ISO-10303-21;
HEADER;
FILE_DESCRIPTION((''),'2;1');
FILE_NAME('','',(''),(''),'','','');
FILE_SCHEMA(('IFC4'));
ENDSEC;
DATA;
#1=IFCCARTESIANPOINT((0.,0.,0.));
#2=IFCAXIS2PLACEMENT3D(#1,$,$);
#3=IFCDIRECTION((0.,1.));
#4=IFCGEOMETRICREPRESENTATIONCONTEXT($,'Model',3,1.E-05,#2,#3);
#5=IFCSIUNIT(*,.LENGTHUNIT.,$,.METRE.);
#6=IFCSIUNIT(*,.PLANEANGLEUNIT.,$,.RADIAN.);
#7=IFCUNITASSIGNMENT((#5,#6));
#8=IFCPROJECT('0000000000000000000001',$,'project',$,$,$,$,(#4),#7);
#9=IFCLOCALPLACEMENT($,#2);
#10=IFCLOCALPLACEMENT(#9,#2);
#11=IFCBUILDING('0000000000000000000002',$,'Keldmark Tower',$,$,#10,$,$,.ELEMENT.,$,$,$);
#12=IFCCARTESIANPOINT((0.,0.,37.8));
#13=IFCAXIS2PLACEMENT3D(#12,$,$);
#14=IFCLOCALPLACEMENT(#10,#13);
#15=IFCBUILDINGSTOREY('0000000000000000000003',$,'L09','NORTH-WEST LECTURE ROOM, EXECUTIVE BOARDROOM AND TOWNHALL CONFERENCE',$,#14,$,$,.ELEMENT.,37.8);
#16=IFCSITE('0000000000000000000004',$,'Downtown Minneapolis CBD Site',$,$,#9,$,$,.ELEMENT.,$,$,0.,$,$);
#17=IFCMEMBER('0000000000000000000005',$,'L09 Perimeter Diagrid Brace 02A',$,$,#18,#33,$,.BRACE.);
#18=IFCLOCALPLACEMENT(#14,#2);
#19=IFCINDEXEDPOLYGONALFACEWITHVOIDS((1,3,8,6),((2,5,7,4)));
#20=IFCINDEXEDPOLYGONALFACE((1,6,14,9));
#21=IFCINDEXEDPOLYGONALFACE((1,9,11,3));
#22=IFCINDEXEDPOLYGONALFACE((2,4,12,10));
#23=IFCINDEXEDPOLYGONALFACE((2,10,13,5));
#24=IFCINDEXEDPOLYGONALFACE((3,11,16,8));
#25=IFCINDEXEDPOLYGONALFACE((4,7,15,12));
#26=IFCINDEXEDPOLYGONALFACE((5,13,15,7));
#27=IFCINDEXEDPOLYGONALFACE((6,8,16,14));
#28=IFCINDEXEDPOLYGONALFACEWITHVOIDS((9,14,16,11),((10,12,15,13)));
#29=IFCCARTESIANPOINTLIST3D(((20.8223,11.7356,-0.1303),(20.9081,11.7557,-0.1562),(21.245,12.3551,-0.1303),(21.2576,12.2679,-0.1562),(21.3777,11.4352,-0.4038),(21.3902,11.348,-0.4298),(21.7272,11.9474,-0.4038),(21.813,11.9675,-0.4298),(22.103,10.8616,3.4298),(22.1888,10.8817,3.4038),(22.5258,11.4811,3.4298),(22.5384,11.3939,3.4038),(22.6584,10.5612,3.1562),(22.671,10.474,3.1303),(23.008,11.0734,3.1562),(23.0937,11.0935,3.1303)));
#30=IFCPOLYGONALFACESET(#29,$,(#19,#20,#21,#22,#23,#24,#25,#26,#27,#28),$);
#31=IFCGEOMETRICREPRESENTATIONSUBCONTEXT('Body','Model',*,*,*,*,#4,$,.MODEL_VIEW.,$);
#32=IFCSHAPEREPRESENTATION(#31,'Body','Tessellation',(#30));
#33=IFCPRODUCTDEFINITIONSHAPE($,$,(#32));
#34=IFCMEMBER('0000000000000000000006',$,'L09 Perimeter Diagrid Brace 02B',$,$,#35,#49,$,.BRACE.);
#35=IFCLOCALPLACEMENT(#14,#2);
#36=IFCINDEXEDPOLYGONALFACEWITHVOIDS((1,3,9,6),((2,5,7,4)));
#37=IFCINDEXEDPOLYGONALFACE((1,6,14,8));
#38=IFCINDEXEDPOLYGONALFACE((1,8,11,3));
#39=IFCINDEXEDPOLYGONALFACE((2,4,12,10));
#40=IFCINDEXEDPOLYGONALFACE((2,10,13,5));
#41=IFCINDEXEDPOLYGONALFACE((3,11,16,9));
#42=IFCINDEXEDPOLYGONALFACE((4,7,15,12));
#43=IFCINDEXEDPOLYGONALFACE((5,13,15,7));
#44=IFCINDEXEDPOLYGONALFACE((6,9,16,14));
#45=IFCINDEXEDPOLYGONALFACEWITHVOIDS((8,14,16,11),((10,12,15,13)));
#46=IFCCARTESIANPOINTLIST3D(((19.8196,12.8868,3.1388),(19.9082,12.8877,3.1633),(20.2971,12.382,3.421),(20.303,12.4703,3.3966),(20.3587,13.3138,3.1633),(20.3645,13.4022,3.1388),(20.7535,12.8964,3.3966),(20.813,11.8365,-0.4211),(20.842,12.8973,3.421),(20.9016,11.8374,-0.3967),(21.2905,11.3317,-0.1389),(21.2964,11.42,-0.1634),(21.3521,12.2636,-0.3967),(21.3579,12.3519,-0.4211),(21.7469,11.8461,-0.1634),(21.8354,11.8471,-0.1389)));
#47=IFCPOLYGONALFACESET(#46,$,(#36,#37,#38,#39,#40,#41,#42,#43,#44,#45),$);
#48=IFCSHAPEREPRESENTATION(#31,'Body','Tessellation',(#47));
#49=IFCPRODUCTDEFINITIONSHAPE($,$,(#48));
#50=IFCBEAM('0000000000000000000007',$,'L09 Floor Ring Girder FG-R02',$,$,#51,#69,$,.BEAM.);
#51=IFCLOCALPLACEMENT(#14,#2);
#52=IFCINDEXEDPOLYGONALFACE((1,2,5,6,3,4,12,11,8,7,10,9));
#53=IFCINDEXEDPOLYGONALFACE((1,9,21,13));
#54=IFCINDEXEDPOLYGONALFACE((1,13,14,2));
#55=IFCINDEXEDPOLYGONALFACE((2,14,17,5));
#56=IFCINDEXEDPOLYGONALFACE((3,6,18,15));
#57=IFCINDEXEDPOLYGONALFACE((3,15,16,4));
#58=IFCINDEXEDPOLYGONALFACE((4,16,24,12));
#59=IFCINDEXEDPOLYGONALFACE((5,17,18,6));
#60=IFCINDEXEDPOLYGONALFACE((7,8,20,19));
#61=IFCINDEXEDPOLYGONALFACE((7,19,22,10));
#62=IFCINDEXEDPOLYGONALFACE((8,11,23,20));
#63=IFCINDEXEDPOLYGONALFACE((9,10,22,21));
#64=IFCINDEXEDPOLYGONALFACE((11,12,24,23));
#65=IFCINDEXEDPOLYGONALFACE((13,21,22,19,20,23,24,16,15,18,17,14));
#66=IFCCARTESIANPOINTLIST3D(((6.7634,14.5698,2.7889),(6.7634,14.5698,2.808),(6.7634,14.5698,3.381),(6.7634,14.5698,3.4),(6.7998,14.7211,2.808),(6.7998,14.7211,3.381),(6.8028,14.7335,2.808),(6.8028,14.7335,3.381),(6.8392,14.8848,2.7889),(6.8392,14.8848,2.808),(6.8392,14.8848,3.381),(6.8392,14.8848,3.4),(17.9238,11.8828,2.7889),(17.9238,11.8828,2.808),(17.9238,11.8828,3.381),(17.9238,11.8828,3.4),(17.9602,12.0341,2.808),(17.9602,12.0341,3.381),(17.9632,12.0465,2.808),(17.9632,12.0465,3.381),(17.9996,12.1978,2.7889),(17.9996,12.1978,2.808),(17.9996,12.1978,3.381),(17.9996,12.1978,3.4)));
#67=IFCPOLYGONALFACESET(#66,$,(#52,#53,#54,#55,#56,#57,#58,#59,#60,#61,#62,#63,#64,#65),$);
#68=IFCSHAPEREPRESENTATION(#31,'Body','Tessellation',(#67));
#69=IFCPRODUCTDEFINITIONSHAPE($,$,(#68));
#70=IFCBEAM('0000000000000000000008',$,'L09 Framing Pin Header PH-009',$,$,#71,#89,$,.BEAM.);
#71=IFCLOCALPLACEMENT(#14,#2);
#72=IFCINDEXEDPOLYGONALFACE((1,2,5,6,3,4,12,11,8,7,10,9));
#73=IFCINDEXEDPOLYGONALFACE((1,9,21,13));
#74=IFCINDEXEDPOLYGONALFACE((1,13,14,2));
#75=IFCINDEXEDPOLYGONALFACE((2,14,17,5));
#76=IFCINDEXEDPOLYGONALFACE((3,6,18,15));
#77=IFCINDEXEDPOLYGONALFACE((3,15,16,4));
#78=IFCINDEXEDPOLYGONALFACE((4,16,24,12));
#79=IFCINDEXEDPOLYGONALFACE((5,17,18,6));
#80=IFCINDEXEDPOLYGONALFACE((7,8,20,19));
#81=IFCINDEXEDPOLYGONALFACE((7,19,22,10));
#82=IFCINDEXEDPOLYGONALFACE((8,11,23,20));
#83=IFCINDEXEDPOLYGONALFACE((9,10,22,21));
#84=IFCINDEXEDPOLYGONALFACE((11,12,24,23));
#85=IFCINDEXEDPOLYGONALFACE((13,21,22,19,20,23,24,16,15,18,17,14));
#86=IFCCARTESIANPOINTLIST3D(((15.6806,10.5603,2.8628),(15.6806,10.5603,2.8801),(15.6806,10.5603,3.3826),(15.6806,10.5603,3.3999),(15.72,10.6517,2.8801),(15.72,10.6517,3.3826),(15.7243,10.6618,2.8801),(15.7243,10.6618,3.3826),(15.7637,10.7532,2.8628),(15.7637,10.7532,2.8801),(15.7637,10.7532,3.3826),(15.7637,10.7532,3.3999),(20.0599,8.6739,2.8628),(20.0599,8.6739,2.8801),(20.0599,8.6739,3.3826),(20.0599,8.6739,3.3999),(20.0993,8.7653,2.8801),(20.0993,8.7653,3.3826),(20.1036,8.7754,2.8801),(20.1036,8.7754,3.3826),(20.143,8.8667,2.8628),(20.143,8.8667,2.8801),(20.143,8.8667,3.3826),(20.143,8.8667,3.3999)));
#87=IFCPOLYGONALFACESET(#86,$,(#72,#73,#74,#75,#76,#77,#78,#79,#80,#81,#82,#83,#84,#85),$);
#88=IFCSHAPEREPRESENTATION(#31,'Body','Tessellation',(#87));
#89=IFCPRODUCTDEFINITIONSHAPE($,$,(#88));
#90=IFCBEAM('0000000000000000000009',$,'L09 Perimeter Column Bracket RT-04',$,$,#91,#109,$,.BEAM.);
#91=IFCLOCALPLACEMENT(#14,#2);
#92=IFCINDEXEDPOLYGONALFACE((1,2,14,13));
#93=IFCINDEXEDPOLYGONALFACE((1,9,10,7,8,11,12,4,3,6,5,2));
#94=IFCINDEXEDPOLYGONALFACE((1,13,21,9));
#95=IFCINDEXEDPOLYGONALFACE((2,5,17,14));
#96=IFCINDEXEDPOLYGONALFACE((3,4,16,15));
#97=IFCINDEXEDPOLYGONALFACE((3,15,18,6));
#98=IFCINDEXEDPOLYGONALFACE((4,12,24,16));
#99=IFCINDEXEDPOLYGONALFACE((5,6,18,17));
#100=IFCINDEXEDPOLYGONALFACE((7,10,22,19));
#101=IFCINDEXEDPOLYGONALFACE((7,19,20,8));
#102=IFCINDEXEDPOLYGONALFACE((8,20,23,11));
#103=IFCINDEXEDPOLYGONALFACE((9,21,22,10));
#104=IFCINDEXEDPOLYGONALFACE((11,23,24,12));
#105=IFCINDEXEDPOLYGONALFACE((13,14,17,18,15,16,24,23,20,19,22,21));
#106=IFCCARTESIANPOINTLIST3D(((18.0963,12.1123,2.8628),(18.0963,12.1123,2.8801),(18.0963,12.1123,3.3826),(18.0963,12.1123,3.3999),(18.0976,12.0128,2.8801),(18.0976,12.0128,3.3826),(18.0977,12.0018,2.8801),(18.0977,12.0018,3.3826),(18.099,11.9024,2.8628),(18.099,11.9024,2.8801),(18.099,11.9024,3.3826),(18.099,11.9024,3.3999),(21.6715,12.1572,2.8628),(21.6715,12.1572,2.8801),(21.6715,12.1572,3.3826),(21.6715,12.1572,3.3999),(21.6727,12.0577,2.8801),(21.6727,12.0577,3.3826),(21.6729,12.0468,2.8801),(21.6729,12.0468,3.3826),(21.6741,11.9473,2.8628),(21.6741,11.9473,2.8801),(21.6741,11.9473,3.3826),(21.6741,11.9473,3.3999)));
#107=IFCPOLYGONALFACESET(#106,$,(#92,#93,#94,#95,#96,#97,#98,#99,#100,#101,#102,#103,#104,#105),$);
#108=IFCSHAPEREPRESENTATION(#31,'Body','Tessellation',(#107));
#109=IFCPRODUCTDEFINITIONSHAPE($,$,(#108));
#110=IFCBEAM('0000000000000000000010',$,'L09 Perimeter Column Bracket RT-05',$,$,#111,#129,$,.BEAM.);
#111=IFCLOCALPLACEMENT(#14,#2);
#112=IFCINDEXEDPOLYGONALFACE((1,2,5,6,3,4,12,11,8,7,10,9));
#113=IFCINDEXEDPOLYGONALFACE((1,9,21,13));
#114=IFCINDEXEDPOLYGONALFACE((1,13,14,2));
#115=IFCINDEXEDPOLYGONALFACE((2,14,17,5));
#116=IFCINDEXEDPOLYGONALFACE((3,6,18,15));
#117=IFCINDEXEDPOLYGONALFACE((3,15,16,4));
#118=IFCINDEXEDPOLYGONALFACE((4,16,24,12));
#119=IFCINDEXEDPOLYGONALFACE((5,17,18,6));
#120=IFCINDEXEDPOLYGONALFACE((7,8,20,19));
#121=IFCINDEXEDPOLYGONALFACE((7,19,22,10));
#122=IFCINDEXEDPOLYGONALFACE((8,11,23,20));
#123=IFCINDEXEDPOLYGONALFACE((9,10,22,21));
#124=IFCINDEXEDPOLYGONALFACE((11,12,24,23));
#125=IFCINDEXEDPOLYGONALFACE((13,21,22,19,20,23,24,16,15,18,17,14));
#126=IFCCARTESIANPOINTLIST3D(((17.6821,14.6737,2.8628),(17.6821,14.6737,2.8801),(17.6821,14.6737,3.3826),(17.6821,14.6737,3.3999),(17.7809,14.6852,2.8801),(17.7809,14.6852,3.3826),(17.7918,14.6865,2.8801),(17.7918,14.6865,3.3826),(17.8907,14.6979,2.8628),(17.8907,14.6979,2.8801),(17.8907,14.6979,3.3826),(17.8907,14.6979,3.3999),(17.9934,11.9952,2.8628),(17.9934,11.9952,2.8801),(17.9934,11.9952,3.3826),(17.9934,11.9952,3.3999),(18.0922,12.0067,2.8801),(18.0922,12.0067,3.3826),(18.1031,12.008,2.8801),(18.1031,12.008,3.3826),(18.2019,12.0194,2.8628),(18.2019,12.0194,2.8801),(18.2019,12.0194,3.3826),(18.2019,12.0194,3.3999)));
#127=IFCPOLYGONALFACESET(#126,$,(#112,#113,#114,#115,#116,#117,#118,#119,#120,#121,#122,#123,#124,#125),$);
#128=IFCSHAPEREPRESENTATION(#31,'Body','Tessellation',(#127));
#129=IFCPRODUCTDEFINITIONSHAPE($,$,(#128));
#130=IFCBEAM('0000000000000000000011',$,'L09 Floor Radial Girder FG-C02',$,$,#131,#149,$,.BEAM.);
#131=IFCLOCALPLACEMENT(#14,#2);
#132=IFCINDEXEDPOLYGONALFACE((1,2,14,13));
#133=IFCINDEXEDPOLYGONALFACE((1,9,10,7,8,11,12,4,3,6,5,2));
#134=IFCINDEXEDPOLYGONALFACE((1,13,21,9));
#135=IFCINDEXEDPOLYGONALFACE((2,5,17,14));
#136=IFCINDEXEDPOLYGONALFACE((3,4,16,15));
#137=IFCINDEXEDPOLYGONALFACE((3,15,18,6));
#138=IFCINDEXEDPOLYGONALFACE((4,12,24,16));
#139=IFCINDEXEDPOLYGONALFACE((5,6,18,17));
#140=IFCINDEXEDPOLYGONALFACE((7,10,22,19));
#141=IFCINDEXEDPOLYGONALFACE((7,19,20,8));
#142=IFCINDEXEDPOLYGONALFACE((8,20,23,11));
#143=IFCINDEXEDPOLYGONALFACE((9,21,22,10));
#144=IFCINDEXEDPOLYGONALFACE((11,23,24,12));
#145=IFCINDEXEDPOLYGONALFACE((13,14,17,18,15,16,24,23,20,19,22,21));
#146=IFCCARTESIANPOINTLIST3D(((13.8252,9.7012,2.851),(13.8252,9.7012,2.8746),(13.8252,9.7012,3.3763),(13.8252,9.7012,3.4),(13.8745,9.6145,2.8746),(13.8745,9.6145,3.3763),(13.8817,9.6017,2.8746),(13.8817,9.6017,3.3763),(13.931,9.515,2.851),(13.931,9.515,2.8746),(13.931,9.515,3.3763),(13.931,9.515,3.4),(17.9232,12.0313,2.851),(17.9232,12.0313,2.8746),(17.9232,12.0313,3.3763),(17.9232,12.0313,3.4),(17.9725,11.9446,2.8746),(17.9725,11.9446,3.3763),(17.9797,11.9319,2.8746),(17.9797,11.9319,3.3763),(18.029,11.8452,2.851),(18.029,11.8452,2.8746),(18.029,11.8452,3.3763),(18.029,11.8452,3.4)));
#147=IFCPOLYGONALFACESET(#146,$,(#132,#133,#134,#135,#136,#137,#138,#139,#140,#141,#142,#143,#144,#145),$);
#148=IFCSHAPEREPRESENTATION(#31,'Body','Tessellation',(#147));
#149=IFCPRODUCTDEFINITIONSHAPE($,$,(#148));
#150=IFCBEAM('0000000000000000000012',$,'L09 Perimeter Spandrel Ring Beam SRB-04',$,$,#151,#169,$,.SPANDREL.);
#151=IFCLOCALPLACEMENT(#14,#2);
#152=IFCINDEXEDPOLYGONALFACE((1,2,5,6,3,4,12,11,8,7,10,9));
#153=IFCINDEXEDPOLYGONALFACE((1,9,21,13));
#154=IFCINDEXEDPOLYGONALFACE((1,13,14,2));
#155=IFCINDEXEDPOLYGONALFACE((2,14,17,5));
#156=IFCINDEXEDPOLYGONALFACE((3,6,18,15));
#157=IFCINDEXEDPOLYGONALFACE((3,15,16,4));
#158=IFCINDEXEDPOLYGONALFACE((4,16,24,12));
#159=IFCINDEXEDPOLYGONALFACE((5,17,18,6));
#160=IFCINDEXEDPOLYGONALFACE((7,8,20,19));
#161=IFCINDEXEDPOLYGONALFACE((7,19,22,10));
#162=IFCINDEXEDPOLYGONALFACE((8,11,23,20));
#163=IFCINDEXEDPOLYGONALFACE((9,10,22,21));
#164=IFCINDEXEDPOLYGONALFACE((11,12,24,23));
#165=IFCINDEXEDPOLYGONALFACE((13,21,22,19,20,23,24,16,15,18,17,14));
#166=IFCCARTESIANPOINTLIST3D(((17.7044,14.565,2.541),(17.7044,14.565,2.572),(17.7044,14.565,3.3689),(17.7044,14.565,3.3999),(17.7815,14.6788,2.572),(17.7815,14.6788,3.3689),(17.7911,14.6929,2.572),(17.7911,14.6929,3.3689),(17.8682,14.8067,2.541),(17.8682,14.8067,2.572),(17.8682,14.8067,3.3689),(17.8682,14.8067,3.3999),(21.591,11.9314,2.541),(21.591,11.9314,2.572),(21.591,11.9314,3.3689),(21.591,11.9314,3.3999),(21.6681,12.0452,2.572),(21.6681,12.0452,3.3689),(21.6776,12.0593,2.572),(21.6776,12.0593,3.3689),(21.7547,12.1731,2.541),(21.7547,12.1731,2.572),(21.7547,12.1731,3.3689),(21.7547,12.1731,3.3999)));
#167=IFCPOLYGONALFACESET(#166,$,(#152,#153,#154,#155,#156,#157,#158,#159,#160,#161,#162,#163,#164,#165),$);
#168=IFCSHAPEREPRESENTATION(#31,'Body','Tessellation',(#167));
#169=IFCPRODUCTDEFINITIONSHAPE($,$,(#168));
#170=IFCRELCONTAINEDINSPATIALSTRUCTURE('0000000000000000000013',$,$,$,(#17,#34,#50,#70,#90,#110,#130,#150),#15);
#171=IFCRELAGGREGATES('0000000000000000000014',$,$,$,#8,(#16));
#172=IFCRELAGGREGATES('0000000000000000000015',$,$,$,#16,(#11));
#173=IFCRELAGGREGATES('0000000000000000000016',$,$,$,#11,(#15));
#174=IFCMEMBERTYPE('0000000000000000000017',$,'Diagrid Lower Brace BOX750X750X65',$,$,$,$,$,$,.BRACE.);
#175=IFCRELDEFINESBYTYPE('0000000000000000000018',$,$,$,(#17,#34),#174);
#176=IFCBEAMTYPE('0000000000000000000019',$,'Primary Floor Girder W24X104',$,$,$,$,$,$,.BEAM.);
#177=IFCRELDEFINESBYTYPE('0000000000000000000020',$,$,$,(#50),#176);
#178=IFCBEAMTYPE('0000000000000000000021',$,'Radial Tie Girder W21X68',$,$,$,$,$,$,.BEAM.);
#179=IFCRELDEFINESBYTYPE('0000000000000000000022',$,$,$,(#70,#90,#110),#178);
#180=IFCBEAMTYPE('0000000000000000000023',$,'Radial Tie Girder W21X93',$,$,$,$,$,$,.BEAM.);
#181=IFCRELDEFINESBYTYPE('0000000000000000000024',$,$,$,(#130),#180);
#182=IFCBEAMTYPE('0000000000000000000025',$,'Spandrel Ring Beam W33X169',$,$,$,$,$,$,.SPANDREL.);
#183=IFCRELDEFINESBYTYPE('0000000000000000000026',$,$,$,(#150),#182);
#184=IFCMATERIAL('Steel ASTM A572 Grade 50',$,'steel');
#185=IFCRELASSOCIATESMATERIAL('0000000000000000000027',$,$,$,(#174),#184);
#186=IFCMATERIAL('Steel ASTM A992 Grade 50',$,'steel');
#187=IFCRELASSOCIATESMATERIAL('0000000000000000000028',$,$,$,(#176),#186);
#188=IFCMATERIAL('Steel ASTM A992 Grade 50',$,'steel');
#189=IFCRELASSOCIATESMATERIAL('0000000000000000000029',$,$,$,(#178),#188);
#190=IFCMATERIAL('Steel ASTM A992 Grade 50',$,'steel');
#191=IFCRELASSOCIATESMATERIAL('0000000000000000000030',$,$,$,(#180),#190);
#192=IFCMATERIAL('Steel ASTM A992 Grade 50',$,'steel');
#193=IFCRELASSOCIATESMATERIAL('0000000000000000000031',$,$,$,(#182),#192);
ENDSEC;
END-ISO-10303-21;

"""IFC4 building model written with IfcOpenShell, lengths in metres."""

from ifc_helpers import new_model, si_unit, direction, frame, origin, origin_2d, place, context, subcontext, project, spatial, hollow_rectangle, i_section, extrude, material, material_profile, profile_set, type_object, element, save


model = new_model("IFC4")

# Units and contexts
model_context = context("Model", 3, precision=1e-05, world=origin(), true_north=direction((0.0, 1.0)))
body_context = subcontext(model_context, "Body", "Model", "MODEL_VIEW")
ifc_project = project(units=[si_unit("LENGTHUNIT", "METRE"), si_unit("PLANEANGLEUNIT", "RADIAN")], contexts=[model_context])

# Site, building, storey
site_placement = place(None, origin())
site = spatial("IfcSite", under=ifc_project, at=site_placement, Name="Downtown Minneapolis CBD Site", CompositionType="ELEMENT", RefElevation=0.0)
building_placement = place(site_placement, origin())
building = spatial("IfcBuilding", under=site, at=building_placement, Name="Keldmark Tower", CompositionType="ELEMENT")
storey_placement = place(building_placement, frame((0.0, 0.0, 37.8)))
storey = spatial("IfcBuildingStorey", under=building, at=storey_placement, Name="L09", Description="NORTH-WEST LECTURE ROOM, EXECUTIVE BOARDROOM AND TOWNHALL CONFERENCE", CompositionType="ELEMENT", Elevation=37.8)

# Members
ifc_material_1 = material(Name="Steel ASTM A572 Grade 50", Category="steel")
ifc_material_profile_1 = material_profile(ifc_material_1, hollow_rectangle(XDim=0.75, YDim=0.75, WallThickness=0.0649, at=origin_2d()), Name="BOX750X750X65")
ifc_profile_set_1 = profile_set([ifc_material_profile_1], Name="Steel ASTM A572 Grade 50")
member_type_1 = type_object("IfcMemberType", Name="Diagrid Lower Brace BOX750X750X65", PredefinedType="BRACE", material=ifc_profile_set_1)
member_1_placement = place(storey_placement, frame((21.3176, 11.8516, -0.28), z_axis=(0.329832, -0.225085, 0.916814), x_axis=(0.563679, 0.825994, 0.0)))
element("IfcMember", 1, at=member_1_placement, inside=storey, type_object=member_type_1, Name="L09 Perimeter Diagrid Brace 02A", PredefinedType="BRACE", context=body_context, shape_type="SweptSolid", body=[
    extrude(hollow_rectangle(XDim=0.75, YDim=0.75, WallThickness=0.0649, at=origin_2d()), origin(), (0.0, 0.0, 1.0), 3.8831),
])
member_2_placement = place(storey_placement, frame((21.3242, 11.8418, -0.28), z_axis=(-0.258539, 0.273343, 0.926521), x_axis=(-0.726507, -0.687159, 0.0)))
element("IfcMember", 2, at=member_2_placement, inside=storey, type_object=member_type_1, Name="L09 Perimeter Diagrid Brace 02B", PredefinedType="BRACE", context=body_context, shape_type="SweptSolid", body=[
    extrude(hollow_rectangle(XDim=0.75, YDim=0.75, WallThickness=0.0649, at=origin_2d()), origin(), (0.0, 0.0, 1.0), 3.8423),
])

# Beams
ifc_material_2 = material(Name="Steel ASTM A992 Grade 50", Category="steel")
ifc_material_profile_2 = material_profile(ifc_material_2, i_section(OverallWidth=0.324, OverallDepth=0.6111, WebThickness=0.0127, FlangeThickness=0.019, at=origin_2d()), Name="W24X104")
ifc_profile_set_2 = profile_set([ifc_material_profile_2], Name="Steel ASTM A992 Grade 50")
beam_type_1 = type_object("IfcBeamType", Name="Primary Floor Girder W24X104", PredefinedType="BEAM", material=ifc_profile_set_2)
beam_1_placement = place(storey_placement, frame((17.9617, 12.0403, 3.0945), z_axis=(-0.972219, 0.234074, 0.0), x_axis=(-0.234074, -0.972219, 0.0)))
element("IfcBeam", 3, at=beam_1_placement, inside=storey, type_object=beam_type_1, Name="L09 Floor Ring Girder FG-R02", PredefinedType="BEAM", context=body_context, shape_type="SweptSolid", body=[
    extrude(i_section(OverallWidth=0.324, OverallDepth=0.6111, WebThickness=0.0127, FlangeThickness=0.019, at=origin_2d()), origin(), (0.0, 0.0, 1.0), 11.4792),
])
ifc_material_3 = material(Name="Steel ASTM A992 Grade 50", Category="steel")
ifc_material_profile_3 = material_profile(ifc_material_3, i_section(OverallWidth=0.21, OverallDepth=0.5371, WebThickness=0.011, FlangeThickness=0.0173, at=origin_2d()), Name="W21X68")
ifc_profile_set_3 = profile_set([ifc_material_profile_3], Name="Steel ASTM A992 Grade 50")
beam_type_2 = type_object("IfcBeamType", Name="Radial Tie Girder W21X68", PredefinedType="BEAM", material=ifc_profile_set_3)
beam_2_placement = place(storey_placement, frame((15.7222, 10.6567, 3.1313), z_axis=(0.918415, -0.395618, 0.0), x_axis=(0.395618, 0.918415, 0.0)))
element("IfcBeam", 4, at=beam_2_placement, inside=storey, type_object=beam_type_2, Name="L09 Framing Pin Header PH-009", PredefinedType="BEAM", context=body_context, shape_type="SweptSolid", body=[
    extrude(i_section(OverallWidth=0.21, OverallDepth=0.5371, WebThickness=0.011, FlangeThickness=0.0173, at=origin_2d()), origin(), (0.0, 0.0, 1.0), 4.7683),
])
beam_3_placement = place(storey_placement, frame((18.0977, 12.0073, 3.1313), z_axis=(0.999921, 0.012564, 0.0), x_axis=(-0.012564, 0.999921, 0.0)))
element("IfcBeam", 5, at=beam_3_placement, inside=storey, type_object=beam_type_2, Name="L09 Perimeter Column Bracket RT-04", PredefinedType="BEAM", context=body_context, shape_type="SweptSolid", body=[
    extrude(i_section(OverallWidth=0.21, OverallDepth=0.5371, WebThickness=0.011, FlangeThickness=0.0173, at=origin_2d()), origin(), (0.0, 0.0, 1.0), 3.5754),
])
beam_4_placement = place(storey_placement, frame((18.0977, 12.0073, 3.1313), z_axis=(-0.115439, 0.993315, 0.0), x_axis=(-0.993315, -0.115439, 0.0)))
element("IfcBeam", 6, at=beam_4_placement, inside=storey, type_object=beam_type_2, Name="L09 Perimeter Column Bracket RT-05", PredefinedType="BEAM", context=body_context, shape_type="SweptSolid", body=[
    extrude(i_section(OverallWidth=0.21, OverallDepth=0.5371, WebThickness=0.011, FlangeThickness=0.0173, at=origin_2d()), origin(), (0.0, 0.0, 1.0), 2.6965),
])
ifc_material_4 = material(Name="Steel ASTM A992 Grade 50", Category="steel")
ifc_material_profile_4 = material_profile(ifc_material_4, i_section(OverallWidth=0.2141, OverallDepth=0.5491, WebThickness=0.0146, FlangeThickness=0.0237, at=origin_2d()), Name="W21X93")
ifc_profile_set_4 = profile_set([ifc_material_profile_4], Name="Steel ASTM A992 Grade 50")
beam_type_3 = type_object("IfcBeamType", Name="Radial Tie Girder W21X93", PredefinedType="BEAM", material=ifc_profile_set_4)
beam_5_placement = place(storey_placement, frame((17.9761, 11.9382, 3.1255), z_axis=(-0.869299, -0.494286, 0.0), x_axis=(0.494286, -0.869299, 0.0)))
element("IfcBeam", 7, at=beam_5_placement, inside=storey, type_object=beam_type_3, Name="L09 Floor Radial Girder FG-C02", PredefinedType="BEAM", context=body_context, shape_type="SweptSolid", body=[
    extrude(i_section(OverallWidth=0.2141, OverallDepth=0.5491, WebThickness=0.0146, FlangeThickness=0.0237, at=origin_2d()), origin(), (0.0, 0.0, 1.0), 4.7141),
])
ifc_material_5 = material(Name="Steel ASTM A992 Grade 50", Category="steel")
ifc_material_profile_5 = material_profile(ifc_material_5, i_section(OverallWidth=0.292, OverallDepth=0.8589, WebThickness=0.0171, FlangeThickness=0.031, at=origin_2d()), Name="W33X169")
ifc_profile_set_5 = profile_set([ifc_material_profile_5], Name="Steel ASTM A992 Grade 50")
beam_type_4 = type_object("IfcBeamType", Name="Spandrel Ring Beam W33X169", PredefinedType="SPANDREL", material=ifc_profile_set_5)
beam_6_placement = place(storey_placement, frame((21.6729, 12.0522, 2.9705), z_axis=(-0.827842, 0.560961, 0.0), x_axis=(-0.560961, -0.827842, 0.0)))
element("IfcBeam", 8, at=beam_6_placement, inside=storey, type_object=beam_type_4, Name="L09 Perimeter Spandrel Ring Beam SRB-04", PredefinedType="SPANDREL", context=body_context, shape_type="SweptSolid", body=[
    extrude(i_section(OverallWidth=0.292, OverallDepth=0.8589, WebThickness=0.0171, FlangeThickness=0.031, at=origin_2d()), origin(), (0.0, 0.0, 1.0), 4.6948),
])

save(model, "model.ifc")
